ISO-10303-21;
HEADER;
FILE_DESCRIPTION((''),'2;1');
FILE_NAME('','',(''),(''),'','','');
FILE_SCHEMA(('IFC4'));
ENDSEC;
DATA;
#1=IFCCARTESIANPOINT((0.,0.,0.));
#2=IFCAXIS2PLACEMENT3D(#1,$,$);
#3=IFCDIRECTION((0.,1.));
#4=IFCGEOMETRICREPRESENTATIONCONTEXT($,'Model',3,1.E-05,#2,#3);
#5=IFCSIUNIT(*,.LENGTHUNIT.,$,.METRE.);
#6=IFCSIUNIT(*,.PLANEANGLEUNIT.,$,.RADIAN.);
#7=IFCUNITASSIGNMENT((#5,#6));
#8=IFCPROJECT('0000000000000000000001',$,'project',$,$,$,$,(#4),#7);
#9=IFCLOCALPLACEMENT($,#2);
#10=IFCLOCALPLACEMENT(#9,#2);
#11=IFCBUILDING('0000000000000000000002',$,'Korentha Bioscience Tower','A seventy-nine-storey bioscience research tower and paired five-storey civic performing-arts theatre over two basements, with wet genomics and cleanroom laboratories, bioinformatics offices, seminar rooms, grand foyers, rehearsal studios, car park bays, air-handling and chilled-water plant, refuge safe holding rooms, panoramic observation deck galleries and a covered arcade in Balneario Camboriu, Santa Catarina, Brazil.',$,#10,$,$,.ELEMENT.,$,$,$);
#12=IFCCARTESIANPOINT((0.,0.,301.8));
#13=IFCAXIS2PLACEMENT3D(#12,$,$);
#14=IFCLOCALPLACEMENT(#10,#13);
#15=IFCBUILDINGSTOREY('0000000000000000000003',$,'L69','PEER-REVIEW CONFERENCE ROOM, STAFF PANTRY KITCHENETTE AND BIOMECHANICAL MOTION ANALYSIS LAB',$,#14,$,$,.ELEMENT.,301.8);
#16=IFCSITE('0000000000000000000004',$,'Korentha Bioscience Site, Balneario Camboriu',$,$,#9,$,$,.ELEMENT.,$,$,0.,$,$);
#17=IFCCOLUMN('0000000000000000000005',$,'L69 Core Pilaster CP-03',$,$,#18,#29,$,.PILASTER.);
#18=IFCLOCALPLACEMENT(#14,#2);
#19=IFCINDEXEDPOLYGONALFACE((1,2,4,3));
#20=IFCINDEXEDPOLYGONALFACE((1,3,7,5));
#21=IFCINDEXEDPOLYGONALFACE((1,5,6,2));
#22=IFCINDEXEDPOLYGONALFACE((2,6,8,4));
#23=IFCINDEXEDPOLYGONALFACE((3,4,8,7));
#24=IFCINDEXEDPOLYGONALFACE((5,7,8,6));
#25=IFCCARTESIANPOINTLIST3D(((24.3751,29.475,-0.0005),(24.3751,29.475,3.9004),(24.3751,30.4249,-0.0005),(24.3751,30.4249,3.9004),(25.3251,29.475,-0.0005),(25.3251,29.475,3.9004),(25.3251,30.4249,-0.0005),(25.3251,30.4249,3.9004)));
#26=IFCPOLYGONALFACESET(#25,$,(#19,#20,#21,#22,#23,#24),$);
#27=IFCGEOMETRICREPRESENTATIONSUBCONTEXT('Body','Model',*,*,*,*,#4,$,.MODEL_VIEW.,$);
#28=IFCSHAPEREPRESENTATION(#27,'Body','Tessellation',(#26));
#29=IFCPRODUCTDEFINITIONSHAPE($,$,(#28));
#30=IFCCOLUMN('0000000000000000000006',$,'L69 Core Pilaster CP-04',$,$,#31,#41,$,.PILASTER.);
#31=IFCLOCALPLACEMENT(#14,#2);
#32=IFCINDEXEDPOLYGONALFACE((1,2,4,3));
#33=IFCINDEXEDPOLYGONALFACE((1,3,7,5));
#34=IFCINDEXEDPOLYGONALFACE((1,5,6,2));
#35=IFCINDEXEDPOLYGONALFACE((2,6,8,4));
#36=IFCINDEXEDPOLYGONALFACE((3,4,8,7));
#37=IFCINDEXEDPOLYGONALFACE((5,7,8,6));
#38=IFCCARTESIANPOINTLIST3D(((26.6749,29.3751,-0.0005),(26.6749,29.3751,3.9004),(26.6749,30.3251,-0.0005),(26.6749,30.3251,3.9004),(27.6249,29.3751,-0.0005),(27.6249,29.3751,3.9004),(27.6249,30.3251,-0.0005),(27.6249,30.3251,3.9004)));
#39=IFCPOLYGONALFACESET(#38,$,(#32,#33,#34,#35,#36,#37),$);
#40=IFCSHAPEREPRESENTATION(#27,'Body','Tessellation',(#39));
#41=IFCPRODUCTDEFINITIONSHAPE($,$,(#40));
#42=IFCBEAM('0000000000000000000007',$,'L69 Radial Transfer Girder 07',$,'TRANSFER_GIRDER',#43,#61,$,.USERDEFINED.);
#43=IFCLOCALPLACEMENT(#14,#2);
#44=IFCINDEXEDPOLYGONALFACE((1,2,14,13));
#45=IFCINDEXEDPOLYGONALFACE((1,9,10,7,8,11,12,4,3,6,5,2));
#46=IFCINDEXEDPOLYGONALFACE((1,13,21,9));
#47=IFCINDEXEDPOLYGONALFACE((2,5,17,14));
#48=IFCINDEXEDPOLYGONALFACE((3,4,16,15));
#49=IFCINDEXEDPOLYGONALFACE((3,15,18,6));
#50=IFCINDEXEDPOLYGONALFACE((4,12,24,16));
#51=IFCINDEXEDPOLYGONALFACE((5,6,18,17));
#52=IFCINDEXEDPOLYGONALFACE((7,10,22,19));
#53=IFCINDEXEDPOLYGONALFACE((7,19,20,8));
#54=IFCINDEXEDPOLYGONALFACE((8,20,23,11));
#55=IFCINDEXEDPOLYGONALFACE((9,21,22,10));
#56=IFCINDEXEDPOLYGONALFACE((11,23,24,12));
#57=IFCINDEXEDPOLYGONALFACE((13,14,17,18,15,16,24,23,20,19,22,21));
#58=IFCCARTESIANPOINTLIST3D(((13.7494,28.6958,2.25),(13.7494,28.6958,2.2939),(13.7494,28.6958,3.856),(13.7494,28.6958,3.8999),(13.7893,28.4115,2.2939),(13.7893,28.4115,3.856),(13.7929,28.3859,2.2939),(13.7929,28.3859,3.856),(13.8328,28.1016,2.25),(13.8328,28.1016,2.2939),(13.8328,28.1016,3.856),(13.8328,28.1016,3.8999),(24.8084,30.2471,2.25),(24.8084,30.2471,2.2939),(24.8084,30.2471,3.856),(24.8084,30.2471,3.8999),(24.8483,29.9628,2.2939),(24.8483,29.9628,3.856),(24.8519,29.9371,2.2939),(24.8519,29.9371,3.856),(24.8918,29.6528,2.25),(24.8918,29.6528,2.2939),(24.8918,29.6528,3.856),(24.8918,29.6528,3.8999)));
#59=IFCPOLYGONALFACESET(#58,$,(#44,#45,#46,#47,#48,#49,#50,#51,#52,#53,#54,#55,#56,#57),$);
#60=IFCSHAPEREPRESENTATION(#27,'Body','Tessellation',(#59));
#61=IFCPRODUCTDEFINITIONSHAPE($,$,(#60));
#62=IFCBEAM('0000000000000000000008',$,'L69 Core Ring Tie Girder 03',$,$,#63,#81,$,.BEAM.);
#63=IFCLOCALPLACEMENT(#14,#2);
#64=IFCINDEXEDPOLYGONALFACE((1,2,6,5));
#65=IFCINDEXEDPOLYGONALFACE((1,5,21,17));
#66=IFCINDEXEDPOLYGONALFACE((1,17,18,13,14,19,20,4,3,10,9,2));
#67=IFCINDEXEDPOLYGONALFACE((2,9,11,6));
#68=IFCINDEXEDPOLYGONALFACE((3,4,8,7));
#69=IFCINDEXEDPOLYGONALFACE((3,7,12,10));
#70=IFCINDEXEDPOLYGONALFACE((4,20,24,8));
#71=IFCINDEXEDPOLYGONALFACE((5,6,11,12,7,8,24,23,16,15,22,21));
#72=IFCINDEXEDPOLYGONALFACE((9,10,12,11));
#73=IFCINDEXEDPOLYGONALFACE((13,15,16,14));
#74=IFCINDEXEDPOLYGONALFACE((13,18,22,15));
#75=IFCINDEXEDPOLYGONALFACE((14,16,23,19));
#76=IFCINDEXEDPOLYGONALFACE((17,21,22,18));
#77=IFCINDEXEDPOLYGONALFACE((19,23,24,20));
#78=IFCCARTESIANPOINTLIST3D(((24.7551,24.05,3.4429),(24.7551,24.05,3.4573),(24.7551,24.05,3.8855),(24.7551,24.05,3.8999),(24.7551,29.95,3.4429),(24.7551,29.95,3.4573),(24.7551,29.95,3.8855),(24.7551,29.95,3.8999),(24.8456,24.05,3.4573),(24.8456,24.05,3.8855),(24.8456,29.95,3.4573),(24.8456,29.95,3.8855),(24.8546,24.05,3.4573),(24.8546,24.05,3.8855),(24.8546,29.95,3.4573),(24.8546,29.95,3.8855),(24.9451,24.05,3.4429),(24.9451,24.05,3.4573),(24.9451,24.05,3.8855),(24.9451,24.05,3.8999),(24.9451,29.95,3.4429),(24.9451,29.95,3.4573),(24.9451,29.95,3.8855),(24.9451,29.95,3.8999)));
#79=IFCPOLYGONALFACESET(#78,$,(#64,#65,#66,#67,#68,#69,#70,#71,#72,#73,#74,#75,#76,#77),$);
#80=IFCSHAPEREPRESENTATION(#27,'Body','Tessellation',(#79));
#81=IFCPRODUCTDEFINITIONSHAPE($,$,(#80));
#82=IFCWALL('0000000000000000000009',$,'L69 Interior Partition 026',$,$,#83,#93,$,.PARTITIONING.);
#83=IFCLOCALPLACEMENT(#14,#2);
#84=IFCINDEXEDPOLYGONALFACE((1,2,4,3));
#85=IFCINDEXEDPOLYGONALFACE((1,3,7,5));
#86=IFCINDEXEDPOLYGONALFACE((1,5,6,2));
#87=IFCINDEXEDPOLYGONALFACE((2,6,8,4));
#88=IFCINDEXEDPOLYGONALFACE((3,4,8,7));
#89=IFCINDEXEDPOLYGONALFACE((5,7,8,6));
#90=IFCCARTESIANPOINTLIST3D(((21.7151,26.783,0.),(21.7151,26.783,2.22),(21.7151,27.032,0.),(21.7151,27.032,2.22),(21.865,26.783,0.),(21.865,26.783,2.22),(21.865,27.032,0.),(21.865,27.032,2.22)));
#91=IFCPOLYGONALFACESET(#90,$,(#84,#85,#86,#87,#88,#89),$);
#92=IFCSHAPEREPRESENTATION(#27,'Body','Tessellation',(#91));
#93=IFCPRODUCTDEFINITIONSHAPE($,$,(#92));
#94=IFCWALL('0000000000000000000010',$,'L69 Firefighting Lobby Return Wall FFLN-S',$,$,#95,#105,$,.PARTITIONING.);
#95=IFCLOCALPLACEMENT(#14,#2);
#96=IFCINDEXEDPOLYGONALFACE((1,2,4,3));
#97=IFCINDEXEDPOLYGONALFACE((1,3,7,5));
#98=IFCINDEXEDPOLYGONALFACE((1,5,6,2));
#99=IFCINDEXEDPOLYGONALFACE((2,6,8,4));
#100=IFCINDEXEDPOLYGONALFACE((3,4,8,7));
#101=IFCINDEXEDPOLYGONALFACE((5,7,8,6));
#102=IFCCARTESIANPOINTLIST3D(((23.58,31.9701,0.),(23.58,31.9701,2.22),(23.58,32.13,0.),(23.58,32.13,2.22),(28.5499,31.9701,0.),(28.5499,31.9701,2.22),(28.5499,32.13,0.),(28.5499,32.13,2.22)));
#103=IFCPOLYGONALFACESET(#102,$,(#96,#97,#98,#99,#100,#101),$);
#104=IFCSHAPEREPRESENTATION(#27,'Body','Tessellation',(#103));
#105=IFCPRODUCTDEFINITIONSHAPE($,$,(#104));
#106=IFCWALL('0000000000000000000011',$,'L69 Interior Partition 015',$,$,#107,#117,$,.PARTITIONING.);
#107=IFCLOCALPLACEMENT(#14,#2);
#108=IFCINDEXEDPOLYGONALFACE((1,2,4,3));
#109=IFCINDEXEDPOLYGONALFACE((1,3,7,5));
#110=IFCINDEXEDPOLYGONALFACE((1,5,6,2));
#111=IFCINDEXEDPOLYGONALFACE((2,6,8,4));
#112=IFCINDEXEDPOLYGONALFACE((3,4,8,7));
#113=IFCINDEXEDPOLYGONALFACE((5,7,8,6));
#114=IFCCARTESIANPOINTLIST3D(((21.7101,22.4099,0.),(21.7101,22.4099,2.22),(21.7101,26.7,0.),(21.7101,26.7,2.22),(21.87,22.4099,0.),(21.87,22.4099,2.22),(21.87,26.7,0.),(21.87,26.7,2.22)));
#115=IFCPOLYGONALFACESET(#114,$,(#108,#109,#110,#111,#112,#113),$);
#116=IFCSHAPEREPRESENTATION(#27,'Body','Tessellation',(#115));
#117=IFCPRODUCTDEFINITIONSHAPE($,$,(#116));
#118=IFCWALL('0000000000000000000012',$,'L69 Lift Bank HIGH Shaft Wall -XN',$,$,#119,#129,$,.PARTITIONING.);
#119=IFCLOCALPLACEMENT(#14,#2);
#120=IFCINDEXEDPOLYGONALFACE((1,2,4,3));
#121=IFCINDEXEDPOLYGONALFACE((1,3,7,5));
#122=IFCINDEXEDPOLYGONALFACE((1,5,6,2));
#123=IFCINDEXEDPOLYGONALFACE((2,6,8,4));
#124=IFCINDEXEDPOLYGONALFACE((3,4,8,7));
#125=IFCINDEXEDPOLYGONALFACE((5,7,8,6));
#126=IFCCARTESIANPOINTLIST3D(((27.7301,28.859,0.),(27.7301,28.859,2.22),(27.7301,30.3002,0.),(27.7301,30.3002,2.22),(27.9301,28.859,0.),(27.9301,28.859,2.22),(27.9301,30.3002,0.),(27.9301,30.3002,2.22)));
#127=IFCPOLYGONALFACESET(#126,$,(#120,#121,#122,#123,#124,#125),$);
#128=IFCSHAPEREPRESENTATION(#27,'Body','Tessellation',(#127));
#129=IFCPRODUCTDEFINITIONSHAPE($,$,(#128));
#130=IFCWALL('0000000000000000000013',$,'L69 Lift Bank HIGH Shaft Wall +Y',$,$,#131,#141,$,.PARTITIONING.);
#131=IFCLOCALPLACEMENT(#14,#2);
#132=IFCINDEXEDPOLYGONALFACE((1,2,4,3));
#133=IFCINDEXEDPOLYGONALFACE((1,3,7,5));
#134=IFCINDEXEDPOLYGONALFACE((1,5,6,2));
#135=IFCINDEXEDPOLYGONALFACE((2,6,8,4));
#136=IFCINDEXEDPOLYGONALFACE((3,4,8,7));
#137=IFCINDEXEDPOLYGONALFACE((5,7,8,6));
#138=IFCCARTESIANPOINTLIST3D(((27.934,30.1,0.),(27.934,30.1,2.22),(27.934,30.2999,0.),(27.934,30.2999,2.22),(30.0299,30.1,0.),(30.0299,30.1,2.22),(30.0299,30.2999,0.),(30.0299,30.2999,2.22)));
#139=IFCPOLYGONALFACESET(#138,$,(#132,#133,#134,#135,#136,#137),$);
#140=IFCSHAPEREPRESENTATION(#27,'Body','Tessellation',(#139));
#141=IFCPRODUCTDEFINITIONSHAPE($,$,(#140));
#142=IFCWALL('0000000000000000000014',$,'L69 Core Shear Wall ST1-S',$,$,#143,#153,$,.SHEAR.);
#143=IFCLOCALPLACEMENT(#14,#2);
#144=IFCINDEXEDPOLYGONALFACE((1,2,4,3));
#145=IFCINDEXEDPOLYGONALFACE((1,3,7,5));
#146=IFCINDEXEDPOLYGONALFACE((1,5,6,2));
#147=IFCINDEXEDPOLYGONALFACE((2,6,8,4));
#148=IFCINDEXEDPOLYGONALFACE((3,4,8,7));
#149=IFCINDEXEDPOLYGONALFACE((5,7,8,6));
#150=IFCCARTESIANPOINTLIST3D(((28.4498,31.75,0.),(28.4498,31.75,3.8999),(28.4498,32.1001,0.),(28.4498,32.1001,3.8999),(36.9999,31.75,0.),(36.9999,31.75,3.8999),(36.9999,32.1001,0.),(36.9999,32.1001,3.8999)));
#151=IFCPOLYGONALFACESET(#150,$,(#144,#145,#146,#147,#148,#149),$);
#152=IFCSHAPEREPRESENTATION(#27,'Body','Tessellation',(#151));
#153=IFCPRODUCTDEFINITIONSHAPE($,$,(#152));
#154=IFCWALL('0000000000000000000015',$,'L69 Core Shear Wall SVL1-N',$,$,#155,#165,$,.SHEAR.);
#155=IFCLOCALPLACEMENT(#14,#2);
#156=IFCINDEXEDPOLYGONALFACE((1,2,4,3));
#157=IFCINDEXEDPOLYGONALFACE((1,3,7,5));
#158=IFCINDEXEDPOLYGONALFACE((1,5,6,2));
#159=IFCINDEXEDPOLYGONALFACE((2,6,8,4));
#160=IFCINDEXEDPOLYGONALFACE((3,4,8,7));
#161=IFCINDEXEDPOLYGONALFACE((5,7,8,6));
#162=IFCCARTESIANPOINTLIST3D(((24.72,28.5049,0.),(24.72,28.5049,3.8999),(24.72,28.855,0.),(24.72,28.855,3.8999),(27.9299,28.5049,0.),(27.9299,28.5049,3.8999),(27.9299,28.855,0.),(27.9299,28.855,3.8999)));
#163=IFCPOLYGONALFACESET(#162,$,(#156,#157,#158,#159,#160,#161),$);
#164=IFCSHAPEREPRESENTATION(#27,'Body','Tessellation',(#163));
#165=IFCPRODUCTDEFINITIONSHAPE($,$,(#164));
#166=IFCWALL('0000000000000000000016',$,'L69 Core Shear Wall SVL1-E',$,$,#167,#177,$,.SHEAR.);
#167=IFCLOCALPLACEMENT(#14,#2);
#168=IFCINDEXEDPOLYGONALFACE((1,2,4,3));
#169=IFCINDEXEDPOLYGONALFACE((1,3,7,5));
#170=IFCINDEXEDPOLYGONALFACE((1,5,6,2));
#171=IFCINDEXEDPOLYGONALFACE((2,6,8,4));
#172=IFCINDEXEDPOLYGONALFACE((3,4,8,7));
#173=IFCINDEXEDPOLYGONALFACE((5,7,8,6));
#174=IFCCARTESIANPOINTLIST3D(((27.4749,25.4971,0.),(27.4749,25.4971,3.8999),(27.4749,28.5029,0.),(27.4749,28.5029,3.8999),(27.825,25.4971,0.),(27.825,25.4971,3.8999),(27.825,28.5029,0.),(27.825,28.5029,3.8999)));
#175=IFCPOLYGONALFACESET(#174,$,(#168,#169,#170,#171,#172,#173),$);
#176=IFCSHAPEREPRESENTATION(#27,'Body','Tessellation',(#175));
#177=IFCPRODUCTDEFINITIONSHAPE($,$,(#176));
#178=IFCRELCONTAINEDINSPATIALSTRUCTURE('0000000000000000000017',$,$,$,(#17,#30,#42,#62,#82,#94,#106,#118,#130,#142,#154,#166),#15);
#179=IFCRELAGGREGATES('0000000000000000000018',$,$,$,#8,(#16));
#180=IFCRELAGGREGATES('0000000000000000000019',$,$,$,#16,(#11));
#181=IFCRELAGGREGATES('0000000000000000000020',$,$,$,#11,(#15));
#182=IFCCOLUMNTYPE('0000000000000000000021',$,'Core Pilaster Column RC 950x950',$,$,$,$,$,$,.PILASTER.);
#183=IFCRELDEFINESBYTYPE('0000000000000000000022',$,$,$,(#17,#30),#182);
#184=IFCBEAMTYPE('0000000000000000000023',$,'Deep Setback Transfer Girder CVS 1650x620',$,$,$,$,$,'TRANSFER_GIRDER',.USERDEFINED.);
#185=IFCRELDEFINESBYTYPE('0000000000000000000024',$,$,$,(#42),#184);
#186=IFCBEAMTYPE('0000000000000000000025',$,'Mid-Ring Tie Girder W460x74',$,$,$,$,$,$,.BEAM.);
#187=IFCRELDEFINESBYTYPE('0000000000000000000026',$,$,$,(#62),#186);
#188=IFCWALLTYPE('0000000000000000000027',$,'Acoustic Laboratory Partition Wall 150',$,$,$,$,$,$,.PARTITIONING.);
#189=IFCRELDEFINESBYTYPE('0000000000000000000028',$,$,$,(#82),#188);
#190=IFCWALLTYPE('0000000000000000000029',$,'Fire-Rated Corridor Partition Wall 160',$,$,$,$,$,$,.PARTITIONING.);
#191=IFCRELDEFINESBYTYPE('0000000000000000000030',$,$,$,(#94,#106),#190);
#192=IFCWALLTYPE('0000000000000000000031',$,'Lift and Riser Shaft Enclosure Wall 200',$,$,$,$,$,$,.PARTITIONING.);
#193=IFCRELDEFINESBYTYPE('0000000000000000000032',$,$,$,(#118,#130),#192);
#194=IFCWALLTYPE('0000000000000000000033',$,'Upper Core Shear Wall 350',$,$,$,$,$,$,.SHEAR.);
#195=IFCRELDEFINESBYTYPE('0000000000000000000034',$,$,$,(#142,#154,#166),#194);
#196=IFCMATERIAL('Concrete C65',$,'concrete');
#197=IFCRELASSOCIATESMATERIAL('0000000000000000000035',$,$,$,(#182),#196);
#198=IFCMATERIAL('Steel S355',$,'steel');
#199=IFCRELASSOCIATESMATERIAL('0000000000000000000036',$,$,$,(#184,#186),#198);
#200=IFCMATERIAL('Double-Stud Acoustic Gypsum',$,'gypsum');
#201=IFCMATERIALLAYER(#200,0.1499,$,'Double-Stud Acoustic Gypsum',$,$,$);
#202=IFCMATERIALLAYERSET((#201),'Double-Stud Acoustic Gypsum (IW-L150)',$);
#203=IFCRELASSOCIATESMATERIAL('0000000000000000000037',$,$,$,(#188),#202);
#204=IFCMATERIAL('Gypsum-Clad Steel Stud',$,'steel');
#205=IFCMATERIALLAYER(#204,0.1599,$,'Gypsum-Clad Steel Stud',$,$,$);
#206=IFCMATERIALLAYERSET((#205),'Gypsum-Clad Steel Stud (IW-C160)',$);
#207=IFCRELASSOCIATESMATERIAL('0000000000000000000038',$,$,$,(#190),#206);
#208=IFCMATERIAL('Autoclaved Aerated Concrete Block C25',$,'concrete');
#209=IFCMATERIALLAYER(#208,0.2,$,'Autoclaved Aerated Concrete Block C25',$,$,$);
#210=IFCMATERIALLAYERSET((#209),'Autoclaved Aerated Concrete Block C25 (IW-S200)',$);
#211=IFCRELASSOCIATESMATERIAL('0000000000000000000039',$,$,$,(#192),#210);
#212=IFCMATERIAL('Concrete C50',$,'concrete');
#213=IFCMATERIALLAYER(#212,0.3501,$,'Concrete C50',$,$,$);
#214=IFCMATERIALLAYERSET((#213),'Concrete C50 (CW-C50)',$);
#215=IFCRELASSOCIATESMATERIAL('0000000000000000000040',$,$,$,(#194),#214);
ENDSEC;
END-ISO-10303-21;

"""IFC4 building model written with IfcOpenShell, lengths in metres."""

from ifc_helpers import new_model, si_unit, direction, frame, frame_2d, origin, origin_2d, place, context, subcontext, project, spatial, rectangle, i_section, extrude, material, layer, layer_set, material_profile, profile_set, type_object, element, save


model = new_model("IFC4")

# Units and contexts
model_context = context("Model", 3, precision=1e-05, world=origin(), true_north=direction((0.0, 1.0)))
body_context = subcontext(model_context, "Body", "Model", "MODEL_VIEW")
ifc_project = project(units=[si_unit("LENGTHUNIT", "METRE"), si_unit("PLANEANGLEUNIT", "RADIAN")], contexts=[model_context])

# Site, building, storey
site_placement = place(None, origin())
site = spatial("IfcSite", under=ifc_project, at=site_placement, Name="Korentha Bioscience Site, Balneario Camboriu", CompositionType="ELEMENT", RefElevation=0.0)
building_placement = place(site_placement, origin())
building = spatial("IfcBuilding", under=site, at=building_placement, Name="Korentha Bioscience Tower", Description="A seventy-nine-storey bioscience research tower and paired five-storey civic performing-arts theatre over two basements, with wet genomics and cleanroom laboratories, bioinformatics offices, seminar rooms, grand foyers, rehearsal studios, car park bays, air-handling and chilled-water plant, refuge safe holding rooms, panoramic observation deck galleries and a covered arcade in Balneario Camboriu, Santa Catarina, Brazil.", CompositionType="ELEMENT")
storey_placement = place(building_placement, frame((0.0, 0.0, 301.8)))
storey = spatial("IfcBuildingStorey", under=building, at=storey_placement, Name="L69", Description="PEER-REVIEW CONFERENCE ROOM, STAFF PANTRY KITCHENETTE AND BIOMECHANICAL MOTION ANALYSIS LAB", CompositionType="ELEMENT", Elevation=301.8)

# Columns
ifc_material_1 = material(Name="Concrete C65", Category="concrete")
ifc_material_profile_1 = material_profile(ifc_material_1, rectangle(XDim=0.95, YDim=0.95, at=origin_2d()), Name="Concrete C65")
ifc_profile_set_1 = profile_set([ifc_material_profile_1], Name="Concrete C65 (COL-CP09)")
column_type = type_object("IfcColumnType", Name="Core Pilaster Column RC 950x950", PredefinedType="PILASTER", material=ifc_profile_set_1)
for number, where, z_axis, x_axis, name in (
    (1, (24.8501, 29.95, -0.0005), (0.0, 0.0, 1.0), (1.0, 0.0, 0.0), "L69 Core Pilaster CP-03"),
    (2, (27.1499, 29.8501, -0.0005), (0.0, 0.0, 1.0), (1.0, 0.0, 0.0), "L69 Core Pilaster CP-04"),
):
    element("IfcColumn", number, at=place(storey_placement, frame(where, z_axis=z_axis, x_axis=x_axis)), inside=storey, type_object=column_type, Name=name, PredefinedType="PILASTER", context=body_context, shape_type="SweptSolid", body=[
        extrude(rectangle(XDim=0.95, YDim=0.95, at=origin_2d()), origin(), (0.0, 0.0, 1.0), 3.9009),
    ])

# Beams
ifc_material_2 = material(Name="Steel S355", Category="steel")
ifc_material_profile_2 = material_profile(ifc_material_2, i_section(OverallWidth=0.6001, OverallDepth=1.6499, WebThickness=0.0259, FlangeThickness=0.0439, at=origin_2d()), Name="Steel S355")
ifc_profile_set_2 = profile_set([ifc_material_profile_2], Name="Steel S355 (TG-04)")
beam_type_1 = type_object("IfcBeamType", Name="Deep Setback Transfer Girder CVS 1650x620", ElementType="TRANSFER_GIRDER", PredefinedType="USERDEFINED", material=ifc_profile_set_2)
beam_1_placement = place(storey_placement, frame((24.8501, 29.95, 3.075), z_axis=(-0.990305, -0.138911, 0.0), x_axis=(0.138911, -0.990305, 0.0)))
element("IfcBeam", 3, at=beam_1_placement, inside=storey, type_object=beam_type_1, Name="L69 Radial Transfer Girder 07", ObjectType="TRANSFER_GIRDER", PredefinedType="USERDEFINED", context=body_context, shape_type="SweptSolid", body=[
    extrude(i_section(OverallWidth=0.6001, OverallDepth=1.6499, WebThickness=0.0259, FlangeThickness=0.0439, at=origin_2d()), origin(), (0.0, 0.0, 1.0), 11.1672),
])
ifc_material_profile_3 = material_profile(ifc_material_2, i_section(OverallWidth=0.1899, OverallDepth=0.457, WebThickness=0.009, FlangeThickness=0.0144, at=origin_2d()), Name="Steel S355")
ifc_profile_set_3 = profile_set([ifc_material_profile_3], Name="Steel S355 (MB-460)")
beam_type_2 = type_object("IfcBeamType", Name="Mid-Ring Tie Girder W460x74", PredefinedType="BEAM", material=ifc_profile_set_3)
beam_2_placement = place(storey_placement, frame((24.8501, 29.95, 3.6714), z_axis=(0.0, -1.0, 0.0), x_axis=(1.0, 0.0, 0.0)))
element("IfcBeam", 4, at=beam_2_placement, inside=storey, type_object=beam_type_2, Name="L69 Core Ring Tie Girder 03", PredefinedType="BEAM", context=body_context, shape_type="SweptSolid", body=[
    extrude(i_section(OverallWidth=0.1899, OverallDepth=0.457, WebThickness=0.009, FlangeThickness=0.0144, at=origin_2d()), origin(), (0.0, 0.0, 1.0), 5.8999),
])

# Wall
ifc_material_3 = material(Name="Double-Stud Acoustic Gypsum", Category="gypsum")
ifc_layer_1 = layer(ifc_material_3, 0.1499, Name="Double-Stud Acoustic Gypsum")
ifc_layer_set_1 = layer_set([ifc_layer_1], Name="Double-Stud Acoustic Gypsum (IW-L150)")
wall_type_1 = type_object("IfcWallType", Name="Acoustic Laboratory Partition Wall 150", PredefinedType="PARTITIONING", material=ifc_layer_set_1)
wall_1_placement = place(storey_placement, frame((21.79, 27.032, 0.0), z_axis=(0.0, 0.0, 1.0), x_axis=(0.0, -1.0, 0.0)))
element("IfcWall", 5, at=wall_1_placement, inside=storey, type_object=wall_type_1, Name="L69 Interior Partition 026", PredefinedType="PARTITIONING", context=body_context, shape_type="SweptSolid", body=[
    extrude(rectangle(XDim=0.249, YDim=0.1499, at=frame_2d((0.1245, 0.0))), origin(), (0.0, 0.0, 1.0), 2.22),
])

# Shared definitions
ifc_material_4 = material(Name="Gypsum-Clad Steel Stud", Category="steel")
ifc_layer_2 = layer(ifc_material_4, 0.1599, Name="Gypsum-Clad Steel Stud")
ifc_layer_set_2 = layer_set([ifc_layer_2], Name="Gypsum-Clad Steel Stud (IW-C160)")
wall_type_2 = type_object("IfcWallType", Name="Fire-Rated Corridor Partition Wall 160", PredefinedType="PARTITIONING", material=ifc_layer_set_2)

# Walls
wall_2_placement = place(storey_placement, frame((23.5801, 32.05, 0.0), z_axis=(0.0, 0.0, 1.0), x_axis=(1.0, 0.0, 0.0)))
element("IfcWall", 6, at=wall_2_placement, inside=storey, type_object=wall_type_2, Name="L69 Firefighting Lobby Return Wall FFLN-S", PredefinedType="PARTITIONING", context=body_context, shape_type="SweptSolid", body=[
    extrude(rectangle(XDim=4.97, YDim=0.1599, at=frame_2d((2.4849, 0.0))), origin(), (0.0, 0.0, 1.0), 2.22),
])
wall_3_placement = place(storey_placement, frame((21.79, 26.7, 0.0), z_axis=(0.0, 0.0, 1.0), x_axis=(0.0, -1.0, 0.0)))
element("IfcWall", 7, at=wall_3_placement, inside=storey, type_object=wall_type_2, Name="L69 Interior Partition 015", PredefinedType="PARTITIONING", context=body_context, shape_type="SweptSolid", body=[
    extrude(rectangle(XDim=4.29, YDim=0.1599, at=frame_2d((2.145, 0.0))), origin(), (0.0, 0.0, 1.0), 2.22),
])
ifc_material_5 = material(Name="Autoclaved Aerated Concrete Block C25", Category="concrete")
ifc_layer_3 = layer(ifc_material_5, 0.2, Name="Autoclaved Aerated Concrete Block C25")
ifc_layer_set_3 = layer_set([ifc_layer_3], Name="Autoclaved Aerated Concrete Block C25 (IW-S200)")
wall_type_3 = type_object("IfcWallType", Name="Lift and Riser Shaft Enclosure Wall 200", PredefinedType="PARTITIONING", material=ifc_layer_set_3)
wall_4_placement = place(storey_placement, frame((27.8301, 28.8589, 0.0), z_axis=(0.0, 0.0, 1.0), x_axis=(0.0, 1.0, 0.0)))
element("IfcWall", 8, at=wall_4_placement, inside=storey, type_object=wall_type_3, Name="L69 Lift Bank HIGH Shaft Wall -XN", PredefinedType="PARTITIONING", context=body_context, shape_type="SweptSolid", body=[
    extrude(rectangle(XDim=1.4412, YDim=0.2, at=frame_2d((0.7207, 0.0))), origin(), (0.0, 0.0, 1.0), 2.22),
])
wall_5_placement = place(storey_placement, frame((27.9341, 30.2, 0.0), z_axis=(0.0, 0.0, 1.0), x_axis=(1.0, 0.0, 0.0)))
element("IfcWall", 9, at=wall_5_placement, inside=storey, type_object=wall_type_3, Name="L69 Lift Bank HIGH Shaft Wall +Y", PredefinedType="PARTITIONING", context=body_context, shape_type="SweptSolid", body=[
    extrude(rectangle(XDim=2.0959, YDim=0.2, at=frame_2d((1.0479, 0.0))), origin(), (0.0, 0.0, 1.0), 2.22),
])
ifc_material_6 = material(Name="Concrete C50", Category="concrete")
ifc_layer_4 = layer(ifc_material_6, 0.3501, Name="Concrete C50")
ifc_layer_set_4 = layer_set([ifc_layer_4], Name="Concrete C50 (CW-C50)")
wall_type_4 = type_object("IfcWallType", Name="Upper Core Shear Wall 350", PredefinedType="SHEAR", material=ifc_layer_set_4)
wall_6_placement = place(storey_placement, frame((28.45, 31.925, 0.0), z_axis=(0.0, 0.0, 1.0), x_axis=(1.0, 0.0, 0.0)))
element("IfcWall", 10, at=wall_6_placement, inside=storey, type_object=wall_type_4, Name="L69 Core Shear Wall ST1-S", PredefinedType="SHEAR", context=body_context, shape_type="SweptSolid", body=[
    extrude(rectangle(XDim=8.55, YDim=0.3501, at=frame_2d((4.2749, 0.0))), origin(), (0.0, 0.0, 1.0), 3.8999),
])

# Walls
wall_7_placement = place(storey_placement, frame((24.72, 28.6799, 0.0), z_axis=(0.0, 0.0, 1.0), x_axis=(1.0, 0.0, 0.0)))
element("IfcWall", 11, at=wall_7_placement, inside=storey, type_object=wall_type_4, Name="L69 Core Shear Wall SVL1-N", PredefinedType="SHEAR", context=body_context, shape_type="SweptSolid", body=[
    extrude(rectangle(XDim=3.21, YDim=0.3501, at=frame_2d((1.605, 0.0))), origin(), (0.0, 0.0, 1.0), 3.8999),
])
wall_8_placement = place(storey_placement, frame((27.6499, 25.4971, 0.0), z_axis=(0.0, 0.0, 1.0), x_axis=(0.0, 1.0, 0.0)))
element("IfcWall", 12, at=wall_8_placement, inside=storey, type_object=wall_type_4, Name="L69 Core Shear Wall SVL1-E", PredefinedType="SHEAR", context=body_context, shape_type="SweptSolid", body=[
    extrude(rectangle(XDim=3.0059, YDim=0.3501, at=frame_2d((1.5029, 0.0))), origin(), (0.0, 0.0, 1.0), 3.8999),
])

save(model, "model.ifc")
